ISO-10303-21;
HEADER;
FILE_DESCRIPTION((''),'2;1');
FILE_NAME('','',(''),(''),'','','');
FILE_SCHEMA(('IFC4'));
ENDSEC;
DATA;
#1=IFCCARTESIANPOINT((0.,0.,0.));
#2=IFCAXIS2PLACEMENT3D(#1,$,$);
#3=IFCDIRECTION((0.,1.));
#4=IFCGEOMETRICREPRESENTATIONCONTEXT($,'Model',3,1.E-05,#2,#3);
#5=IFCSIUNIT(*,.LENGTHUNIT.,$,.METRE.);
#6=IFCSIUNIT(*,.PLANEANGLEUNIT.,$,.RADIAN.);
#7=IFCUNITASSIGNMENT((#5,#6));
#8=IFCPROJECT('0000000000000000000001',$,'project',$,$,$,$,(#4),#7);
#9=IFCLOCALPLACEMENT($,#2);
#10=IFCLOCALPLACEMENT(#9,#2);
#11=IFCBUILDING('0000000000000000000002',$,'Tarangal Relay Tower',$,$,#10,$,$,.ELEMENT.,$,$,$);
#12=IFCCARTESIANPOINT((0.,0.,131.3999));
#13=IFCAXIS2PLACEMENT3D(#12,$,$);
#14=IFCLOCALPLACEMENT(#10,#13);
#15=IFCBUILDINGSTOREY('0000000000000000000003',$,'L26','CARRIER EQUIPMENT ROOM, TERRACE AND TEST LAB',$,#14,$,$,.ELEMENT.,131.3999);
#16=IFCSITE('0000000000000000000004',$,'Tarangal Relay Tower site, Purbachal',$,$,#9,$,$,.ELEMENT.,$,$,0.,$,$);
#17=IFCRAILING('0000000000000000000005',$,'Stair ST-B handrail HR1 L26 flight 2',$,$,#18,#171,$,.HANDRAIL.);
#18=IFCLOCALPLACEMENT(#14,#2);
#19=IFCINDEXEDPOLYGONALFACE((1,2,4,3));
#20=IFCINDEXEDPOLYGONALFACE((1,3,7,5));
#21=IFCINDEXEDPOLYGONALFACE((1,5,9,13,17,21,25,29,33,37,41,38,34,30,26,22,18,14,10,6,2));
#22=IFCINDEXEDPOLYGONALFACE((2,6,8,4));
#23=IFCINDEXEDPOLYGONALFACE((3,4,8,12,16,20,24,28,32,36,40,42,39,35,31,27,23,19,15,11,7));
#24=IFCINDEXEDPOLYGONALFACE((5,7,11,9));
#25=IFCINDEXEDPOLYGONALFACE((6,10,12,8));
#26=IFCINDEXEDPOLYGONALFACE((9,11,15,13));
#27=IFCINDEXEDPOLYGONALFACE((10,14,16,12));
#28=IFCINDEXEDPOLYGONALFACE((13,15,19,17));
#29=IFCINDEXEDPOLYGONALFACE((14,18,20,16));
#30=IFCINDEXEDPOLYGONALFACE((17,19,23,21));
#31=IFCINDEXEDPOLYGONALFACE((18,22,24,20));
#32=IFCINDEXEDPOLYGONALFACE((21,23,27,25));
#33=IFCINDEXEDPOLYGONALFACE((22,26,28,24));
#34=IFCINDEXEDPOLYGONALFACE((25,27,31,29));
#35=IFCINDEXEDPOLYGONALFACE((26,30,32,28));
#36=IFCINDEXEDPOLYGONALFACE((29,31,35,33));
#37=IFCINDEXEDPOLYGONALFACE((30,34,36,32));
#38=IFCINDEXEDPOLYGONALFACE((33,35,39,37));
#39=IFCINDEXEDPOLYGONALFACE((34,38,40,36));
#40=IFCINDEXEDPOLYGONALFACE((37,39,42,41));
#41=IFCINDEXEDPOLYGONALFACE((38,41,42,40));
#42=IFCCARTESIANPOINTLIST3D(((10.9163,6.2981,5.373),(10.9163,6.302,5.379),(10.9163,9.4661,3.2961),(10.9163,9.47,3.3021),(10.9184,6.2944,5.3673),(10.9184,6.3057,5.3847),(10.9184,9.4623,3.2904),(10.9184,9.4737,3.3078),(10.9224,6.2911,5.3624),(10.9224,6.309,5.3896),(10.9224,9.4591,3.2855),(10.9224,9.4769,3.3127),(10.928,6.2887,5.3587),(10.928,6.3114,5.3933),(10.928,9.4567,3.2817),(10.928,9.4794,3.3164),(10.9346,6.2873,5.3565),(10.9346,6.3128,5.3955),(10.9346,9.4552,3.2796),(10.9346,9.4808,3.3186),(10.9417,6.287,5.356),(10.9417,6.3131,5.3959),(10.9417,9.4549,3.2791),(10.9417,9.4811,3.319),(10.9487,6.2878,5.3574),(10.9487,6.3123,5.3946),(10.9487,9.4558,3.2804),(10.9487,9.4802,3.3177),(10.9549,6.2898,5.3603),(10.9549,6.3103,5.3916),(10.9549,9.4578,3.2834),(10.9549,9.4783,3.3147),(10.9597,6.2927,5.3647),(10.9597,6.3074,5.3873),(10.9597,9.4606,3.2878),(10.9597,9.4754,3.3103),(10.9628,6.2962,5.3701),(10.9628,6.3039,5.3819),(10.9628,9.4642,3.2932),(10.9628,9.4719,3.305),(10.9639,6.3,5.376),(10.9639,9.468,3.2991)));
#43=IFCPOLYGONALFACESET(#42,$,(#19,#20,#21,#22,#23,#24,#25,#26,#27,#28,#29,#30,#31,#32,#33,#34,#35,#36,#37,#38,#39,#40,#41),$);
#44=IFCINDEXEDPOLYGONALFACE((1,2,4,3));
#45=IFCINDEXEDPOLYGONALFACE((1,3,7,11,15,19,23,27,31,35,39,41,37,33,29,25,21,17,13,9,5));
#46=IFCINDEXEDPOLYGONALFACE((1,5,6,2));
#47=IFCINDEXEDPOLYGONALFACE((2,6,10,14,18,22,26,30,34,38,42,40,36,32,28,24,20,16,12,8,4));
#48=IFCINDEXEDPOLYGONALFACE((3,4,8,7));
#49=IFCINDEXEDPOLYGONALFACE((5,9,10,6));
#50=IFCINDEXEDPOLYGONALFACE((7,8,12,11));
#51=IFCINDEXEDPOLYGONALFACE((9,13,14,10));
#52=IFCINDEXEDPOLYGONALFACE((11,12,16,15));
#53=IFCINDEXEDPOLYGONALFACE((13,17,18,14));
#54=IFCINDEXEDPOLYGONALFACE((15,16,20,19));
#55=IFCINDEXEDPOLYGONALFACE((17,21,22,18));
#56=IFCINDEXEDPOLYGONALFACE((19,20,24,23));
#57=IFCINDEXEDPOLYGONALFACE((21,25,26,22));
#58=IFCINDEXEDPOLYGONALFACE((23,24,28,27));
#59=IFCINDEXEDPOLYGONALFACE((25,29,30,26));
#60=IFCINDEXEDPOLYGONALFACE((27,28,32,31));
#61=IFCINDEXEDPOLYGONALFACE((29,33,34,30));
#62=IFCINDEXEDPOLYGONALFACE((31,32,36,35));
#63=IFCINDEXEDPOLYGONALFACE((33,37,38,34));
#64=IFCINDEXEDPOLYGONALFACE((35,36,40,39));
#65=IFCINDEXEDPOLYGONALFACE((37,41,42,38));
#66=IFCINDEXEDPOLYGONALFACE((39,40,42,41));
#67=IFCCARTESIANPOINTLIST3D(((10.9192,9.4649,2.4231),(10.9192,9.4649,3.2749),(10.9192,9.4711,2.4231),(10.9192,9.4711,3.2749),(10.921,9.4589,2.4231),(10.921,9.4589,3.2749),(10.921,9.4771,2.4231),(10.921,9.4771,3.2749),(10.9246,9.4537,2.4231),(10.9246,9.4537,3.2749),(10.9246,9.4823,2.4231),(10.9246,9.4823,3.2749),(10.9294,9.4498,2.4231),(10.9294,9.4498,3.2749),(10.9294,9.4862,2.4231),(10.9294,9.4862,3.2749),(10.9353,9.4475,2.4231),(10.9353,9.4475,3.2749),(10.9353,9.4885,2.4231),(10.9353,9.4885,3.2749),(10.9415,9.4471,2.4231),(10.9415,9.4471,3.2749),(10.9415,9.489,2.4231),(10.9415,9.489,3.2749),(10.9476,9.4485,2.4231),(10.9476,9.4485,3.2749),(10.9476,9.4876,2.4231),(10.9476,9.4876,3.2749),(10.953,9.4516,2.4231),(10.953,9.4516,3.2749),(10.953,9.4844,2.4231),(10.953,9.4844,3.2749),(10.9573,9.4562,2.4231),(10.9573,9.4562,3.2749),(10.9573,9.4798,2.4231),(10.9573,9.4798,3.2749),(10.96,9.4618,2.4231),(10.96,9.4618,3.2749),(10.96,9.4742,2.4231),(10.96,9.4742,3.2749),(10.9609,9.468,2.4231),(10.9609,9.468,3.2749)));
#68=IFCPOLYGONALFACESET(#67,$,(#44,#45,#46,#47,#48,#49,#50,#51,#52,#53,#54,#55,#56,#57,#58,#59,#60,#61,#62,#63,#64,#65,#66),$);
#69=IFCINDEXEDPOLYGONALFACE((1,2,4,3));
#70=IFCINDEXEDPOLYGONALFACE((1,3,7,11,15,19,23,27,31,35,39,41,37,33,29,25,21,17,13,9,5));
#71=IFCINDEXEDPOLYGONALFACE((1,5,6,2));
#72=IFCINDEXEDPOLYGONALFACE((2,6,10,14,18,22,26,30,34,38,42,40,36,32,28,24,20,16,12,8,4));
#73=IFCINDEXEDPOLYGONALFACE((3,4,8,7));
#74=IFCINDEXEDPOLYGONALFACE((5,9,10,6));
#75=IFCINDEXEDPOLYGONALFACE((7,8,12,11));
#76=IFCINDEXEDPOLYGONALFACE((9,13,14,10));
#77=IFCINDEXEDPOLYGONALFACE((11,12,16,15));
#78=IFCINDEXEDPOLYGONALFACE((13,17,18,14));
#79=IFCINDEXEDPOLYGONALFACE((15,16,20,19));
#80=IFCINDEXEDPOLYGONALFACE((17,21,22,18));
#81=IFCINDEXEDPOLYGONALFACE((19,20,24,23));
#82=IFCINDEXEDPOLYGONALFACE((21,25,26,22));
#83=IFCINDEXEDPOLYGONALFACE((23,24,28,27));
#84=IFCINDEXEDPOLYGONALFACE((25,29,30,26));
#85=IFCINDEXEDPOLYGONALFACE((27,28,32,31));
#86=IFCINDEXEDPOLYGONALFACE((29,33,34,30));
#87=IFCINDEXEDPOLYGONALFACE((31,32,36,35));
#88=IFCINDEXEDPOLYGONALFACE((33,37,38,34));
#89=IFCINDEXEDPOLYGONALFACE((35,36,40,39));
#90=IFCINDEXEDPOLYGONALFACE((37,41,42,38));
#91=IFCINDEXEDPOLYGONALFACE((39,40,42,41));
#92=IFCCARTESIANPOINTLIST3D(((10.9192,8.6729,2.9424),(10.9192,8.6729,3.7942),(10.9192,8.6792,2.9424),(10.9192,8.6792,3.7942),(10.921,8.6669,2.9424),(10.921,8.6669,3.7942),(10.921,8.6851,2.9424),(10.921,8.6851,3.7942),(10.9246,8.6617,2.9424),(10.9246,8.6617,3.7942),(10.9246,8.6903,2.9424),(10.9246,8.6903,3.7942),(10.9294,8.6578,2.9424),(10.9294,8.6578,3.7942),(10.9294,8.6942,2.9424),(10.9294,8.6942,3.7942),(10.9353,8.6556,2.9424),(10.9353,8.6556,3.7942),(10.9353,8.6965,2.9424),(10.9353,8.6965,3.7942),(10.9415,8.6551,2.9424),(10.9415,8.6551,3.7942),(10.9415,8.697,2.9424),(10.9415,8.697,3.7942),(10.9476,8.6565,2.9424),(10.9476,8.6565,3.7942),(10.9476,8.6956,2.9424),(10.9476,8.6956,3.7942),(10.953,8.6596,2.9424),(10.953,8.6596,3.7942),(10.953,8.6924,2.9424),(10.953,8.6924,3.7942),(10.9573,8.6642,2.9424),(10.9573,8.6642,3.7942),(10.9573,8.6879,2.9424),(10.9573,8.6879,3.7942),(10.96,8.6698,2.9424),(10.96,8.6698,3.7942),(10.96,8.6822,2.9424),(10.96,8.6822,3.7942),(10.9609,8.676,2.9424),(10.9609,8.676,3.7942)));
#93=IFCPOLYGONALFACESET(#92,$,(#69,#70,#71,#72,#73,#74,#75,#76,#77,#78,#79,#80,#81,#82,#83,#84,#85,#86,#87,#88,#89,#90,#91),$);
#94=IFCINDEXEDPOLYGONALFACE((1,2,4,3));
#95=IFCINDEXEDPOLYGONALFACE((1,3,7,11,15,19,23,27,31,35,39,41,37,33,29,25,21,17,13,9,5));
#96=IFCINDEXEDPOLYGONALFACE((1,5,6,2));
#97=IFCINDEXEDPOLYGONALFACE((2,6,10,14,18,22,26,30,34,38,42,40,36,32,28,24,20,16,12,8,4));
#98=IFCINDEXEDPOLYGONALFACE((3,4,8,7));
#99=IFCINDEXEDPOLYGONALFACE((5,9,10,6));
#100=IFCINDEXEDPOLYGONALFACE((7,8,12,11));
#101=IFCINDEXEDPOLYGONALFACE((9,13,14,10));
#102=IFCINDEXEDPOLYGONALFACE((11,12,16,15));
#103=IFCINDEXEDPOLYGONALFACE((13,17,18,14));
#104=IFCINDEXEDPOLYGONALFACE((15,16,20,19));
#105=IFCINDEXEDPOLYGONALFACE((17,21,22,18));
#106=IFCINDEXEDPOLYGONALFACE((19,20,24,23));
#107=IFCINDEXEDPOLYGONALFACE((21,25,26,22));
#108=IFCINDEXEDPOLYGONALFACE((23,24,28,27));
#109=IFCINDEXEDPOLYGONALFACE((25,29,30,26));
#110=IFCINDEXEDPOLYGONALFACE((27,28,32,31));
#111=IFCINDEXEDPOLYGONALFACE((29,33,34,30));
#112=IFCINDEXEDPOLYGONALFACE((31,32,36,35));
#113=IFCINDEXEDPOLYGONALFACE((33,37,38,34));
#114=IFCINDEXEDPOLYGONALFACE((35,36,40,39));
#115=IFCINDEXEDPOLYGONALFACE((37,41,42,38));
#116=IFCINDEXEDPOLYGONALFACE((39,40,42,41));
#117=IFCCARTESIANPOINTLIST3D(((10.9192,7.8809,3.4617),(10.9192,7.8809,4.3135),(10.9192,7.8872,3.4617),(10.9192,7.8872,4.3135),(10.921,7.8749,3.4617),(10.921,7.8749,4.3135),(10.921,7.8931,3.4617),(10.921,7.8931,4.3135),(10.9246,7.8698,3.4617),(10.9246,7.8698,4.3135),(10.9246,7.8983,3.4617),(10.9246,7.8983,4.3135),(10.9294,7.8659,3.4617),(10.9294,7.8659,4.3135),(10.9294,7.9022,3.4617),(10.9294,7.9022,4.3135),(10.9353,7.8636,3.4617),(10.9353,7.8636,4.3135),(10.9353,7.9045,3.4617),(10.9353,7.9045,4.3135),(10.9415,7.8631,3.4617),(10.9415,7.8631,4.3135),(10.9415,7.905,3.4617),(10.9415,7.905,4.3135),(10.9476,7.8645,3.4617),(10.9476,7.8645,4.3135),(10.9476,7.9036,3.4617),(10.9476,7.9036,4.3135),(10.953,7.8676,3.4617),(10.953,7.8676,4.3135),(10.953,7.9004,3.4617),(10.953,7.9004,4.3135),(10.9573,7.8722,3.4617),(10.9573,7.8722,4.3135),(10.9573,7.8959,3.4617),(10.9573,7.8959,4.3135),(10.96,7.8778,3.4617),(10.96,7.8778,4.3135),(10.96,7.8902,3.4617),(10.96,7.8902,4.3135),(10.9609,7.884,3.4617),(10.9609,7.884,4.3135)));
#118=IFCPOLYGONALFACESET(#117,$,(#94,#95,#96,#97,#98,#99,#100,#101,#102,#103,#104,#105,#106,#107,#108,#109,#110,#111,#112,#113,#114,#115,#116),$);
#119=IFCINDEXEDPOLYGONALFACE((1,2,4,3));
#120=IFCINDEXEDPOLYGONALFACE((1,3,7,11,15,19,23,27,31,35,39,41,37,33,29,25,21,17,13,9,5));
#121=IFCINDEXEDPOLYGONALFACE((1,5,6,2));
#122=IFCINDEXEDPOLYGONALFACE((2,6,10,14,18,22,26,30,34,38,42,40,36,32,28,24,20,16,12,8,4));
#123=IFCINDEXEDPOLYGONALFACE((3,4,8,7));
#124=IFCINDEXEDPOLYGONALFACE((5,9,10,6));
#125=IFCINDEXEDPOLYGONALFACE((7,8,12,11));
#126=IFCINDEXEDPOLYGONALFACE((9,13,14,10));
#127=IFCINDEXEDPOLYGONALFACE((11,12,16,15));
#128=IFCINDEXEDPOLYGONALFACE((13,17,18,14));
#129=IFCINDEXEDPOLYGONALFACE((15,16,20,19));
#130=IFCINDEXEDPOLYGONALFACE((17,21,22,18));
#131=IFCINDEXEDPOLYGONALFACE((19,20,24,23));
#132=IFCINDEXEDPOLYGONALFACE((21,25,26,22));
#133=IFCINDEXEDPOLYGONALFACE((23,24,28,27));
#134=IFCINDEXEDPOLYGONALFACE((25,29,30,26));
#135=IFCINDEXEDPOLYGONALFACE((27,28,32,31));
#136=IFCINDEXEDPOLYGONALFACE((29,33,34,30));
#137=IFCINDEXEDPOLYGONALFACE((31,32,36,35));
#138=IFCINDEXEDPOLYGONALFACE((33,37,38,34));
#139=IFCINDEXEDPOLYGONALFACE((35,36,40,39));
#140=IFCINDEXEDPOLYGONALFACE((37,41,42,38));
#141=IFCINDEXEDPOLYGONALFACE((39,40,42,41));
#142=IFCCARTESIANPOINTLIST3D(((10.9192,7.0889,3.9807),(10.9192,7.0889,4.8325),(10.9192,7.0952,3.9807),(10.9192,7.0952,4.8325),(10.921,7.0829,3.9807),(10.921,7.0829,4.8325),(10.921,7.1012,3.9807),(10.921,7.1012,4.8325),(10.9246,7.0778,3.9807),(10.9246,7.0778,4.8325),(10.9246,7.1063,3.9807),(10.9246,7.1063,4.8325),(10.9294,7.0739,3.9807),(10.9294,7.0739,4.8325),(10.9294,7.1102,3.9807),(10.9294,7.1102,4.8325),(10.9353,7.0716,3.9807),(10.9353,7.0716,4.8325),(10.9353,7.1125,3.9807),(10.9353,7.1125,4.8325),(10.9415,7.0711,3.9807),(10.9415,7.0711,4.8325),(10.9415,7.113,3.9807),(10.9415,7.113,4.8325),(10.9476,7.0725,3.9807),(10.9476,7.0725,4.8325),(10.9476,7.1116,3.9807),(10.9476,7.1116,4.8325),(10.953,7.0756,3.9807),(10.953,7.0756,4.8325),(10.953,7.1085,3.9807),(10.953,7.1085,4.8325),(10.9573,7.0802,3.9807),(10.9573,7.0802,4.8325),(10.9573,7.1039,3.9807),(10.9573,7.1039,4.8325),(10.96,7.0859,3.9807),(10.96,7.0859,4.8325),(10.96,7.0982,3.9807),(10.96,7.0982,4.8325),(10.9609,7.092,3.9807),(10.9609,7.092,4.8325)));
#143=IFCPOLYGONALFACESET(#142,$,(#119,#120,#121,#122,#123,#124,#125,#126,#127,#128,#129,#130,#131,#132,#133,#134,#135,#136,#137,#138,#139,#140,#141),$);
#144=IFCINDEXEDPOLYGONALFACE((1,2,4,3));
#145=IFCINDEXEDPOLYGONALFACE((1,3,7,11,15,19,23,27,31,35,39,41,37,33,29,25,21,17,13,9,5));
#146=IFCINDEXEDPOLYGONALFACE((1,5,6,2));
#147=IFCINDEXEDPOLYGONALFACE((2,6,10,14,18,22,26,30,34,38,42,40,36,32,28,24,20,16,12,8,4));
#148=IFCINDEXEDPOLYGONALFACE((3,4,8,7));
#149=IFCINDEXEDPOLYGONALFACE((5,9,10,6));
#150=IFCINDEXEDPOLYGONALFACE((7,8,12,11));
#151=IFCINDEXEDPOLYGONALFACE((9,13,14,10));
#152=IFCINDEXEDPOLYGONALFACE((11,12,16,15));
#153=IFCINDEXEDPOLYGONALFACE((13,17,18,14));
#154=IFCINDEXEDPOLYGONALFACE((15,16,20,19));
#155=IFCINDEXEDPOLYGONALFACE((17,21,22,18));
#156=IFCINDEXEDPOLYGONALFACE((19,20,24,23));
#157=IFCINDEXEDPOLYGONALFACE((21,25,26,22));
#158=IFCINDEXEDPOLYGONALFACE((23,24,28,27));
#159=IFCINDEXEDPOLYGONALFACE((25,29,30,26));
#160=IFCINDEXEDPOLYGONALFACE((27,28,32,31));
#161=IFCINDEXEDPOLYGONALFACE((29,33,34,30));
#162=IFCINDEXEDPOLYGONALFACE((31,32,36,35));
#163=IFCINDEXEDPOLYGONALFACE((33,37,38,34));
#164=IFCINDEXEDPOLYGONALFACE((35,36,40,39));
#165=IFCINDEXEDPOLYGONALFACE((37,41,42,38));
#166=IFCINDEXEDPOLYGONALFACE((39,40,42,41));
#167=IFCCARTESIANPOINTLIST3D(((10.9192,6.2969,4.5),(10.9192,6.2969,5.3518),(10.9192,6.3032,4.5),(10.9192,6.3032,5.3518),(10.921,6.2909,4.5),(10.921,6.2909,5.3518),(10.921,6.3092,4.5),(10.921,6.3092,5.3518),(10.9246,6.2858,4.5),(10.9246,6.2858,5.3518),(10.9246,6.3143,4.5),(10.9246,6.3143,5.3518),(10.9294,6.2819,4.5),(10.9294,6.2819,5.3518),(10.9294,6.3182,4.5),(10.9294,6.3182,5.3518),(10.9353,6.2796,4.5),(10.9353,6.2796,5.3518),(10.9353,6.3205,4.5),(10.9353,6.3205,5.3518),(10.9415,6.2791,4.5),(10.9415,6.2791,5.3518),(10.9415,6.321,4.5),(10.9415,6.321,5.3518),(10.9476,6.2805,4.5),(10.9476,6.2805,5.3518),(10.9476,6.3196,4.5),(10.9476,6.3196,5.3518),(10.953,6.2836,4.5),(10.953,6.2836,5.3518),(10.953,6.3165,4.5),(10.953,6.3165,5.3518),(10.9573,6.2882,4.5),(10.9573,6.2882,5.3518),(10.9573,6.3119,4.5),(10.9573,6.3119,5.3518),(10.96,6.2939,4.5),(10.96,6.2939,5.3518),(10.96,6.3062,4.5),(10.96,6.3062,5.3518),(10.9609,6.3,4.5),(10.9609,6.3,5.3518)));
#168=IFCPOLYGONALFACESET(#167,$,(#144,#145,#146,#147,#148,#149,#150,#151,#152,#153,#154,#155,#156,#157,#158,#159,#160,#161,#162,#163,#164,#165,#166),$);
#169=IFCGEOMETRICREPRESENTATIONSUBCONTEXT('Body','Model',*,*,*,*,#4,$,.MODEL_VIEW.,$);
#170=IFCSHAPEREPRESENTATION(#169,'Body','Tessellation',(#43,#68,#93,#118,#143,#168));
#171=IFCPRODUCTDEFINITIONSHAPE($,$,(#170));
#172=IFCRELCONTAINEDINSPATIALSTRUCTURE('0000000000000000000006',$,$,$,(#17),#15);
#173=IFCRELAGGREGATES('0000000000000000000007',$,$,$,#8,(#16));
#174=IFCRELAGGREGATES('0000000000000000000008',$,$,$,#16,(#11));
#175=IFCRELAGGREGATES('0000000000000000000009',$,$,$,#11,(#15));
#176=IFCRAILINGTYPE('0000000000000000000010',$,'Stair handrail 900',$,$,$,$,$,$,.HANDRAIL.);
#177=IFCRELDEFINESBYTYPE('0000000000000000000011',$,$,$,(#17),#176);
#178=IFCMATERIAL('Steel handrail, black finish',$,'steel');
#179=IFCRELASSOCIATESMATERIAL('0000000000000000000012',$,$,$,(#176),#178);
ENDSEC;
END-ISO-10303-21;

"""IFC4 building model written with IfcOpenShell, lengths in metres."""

from ifc_helpers import new_model, si_unit, direction, frame, origin, origin_2d, place, context, subcontext, project, spatial, circle, extrude, material, type_object, element, save


model = new_model("IFC4")

# Units and contexts
model_context = context("Model", 3, precision=1e-05, world=origin(), true_north=direction((0.0, 1.0)))
body_context = subcontext(model_context, "Body", "Model", "MODEL_VIEW")
ifc_project = project(units=[si_unit("LENGTHUNIT", "METRE"), si_unit("PLANEANGLEUNIT", "RADIAN")], contexts=[model_context])

# Site, building, storey
site_placement = place(None, origin())
site = spatial("IfcSite", under=ifc_project, at=site_placement, Name="Tarangal Relay Tower site, Purbachal", CompositionType="ELEMENT", RefElevation=0.0)
building_placement = place(site_placement, origin())
building = spatial("IfcBuilding", under=site, at=building_placement, Name="Tarangal Relay Tower", CompositionType="ELEMENT")
storey_placement = place(building_placement, frame((0.0, 0.0, 131.3999)))
storey = spatial("IfcBuildingStorey", under=building, at=storey_placement, Name="L26", Description="CARRIER EQUIPMENT ROOM, TERRACE AND TEST LAB", CompositionType="ELEMENT", Elevation=131.3999)

# Railing
ifc_material_1 = material(Name="Steel handrail, black finish", Category="steel")
railing_type_1 = type_object("IfcRailingType", Name="Stair handrail 900", PredefinedType="HANDRAIL", material=ifc_material_1)
railing_1_placement = place(storey_placement, frame((10.9399, 9.468, 2.4231)))
element("IfcRailing", 1, at=railing_1_placement, inside=storey, type_object=railing_type_1, Name="Stair ST-B handrail HR1 L26 flight 2", PredefinedType="HANDRAIL", context=body_context, shape_type="SweptSolid", body=[
    extrude(circle(Radius=0.0239, at=origin_2d()), frame((0.0, 0.0, 0.876), z_axis=(0.0, -0.836299, 0.548273), x_axis=(1.0, 0.0, 0.0)), (0.0, 0.0, 1.0), 3.7881),
    extrude(circle(Radius=0.021, at=origin_2d()), origin(), (0.0, 0.0, 1.0), 0.8518),
    extrude(circle(Radius=0.021, at=origin_2d()), frame((0.0, -0.792, 0.5193)), (0.0, 0.0, 1.0), 0.8518),
    extrude(circle(Radius=0.021, at=origin_2d()), frame((0.0, -1.584, 1.0386)), (0.0, 0.0, 1.0), 0.8518),
    extrude(circle(Radius=0.021, at=origin_2d()), frame((0.0, -2.376, 1.5576)), (0.0, 0.0, 1.0), 0.8518),
    extrude(circle(Radius=0.021, at=origin_2d()), frame((0.0, -3.168, 2.0769)), (0.0, 0.0, 1.0), 0.8518),
])

save(model, "model.ifc")
